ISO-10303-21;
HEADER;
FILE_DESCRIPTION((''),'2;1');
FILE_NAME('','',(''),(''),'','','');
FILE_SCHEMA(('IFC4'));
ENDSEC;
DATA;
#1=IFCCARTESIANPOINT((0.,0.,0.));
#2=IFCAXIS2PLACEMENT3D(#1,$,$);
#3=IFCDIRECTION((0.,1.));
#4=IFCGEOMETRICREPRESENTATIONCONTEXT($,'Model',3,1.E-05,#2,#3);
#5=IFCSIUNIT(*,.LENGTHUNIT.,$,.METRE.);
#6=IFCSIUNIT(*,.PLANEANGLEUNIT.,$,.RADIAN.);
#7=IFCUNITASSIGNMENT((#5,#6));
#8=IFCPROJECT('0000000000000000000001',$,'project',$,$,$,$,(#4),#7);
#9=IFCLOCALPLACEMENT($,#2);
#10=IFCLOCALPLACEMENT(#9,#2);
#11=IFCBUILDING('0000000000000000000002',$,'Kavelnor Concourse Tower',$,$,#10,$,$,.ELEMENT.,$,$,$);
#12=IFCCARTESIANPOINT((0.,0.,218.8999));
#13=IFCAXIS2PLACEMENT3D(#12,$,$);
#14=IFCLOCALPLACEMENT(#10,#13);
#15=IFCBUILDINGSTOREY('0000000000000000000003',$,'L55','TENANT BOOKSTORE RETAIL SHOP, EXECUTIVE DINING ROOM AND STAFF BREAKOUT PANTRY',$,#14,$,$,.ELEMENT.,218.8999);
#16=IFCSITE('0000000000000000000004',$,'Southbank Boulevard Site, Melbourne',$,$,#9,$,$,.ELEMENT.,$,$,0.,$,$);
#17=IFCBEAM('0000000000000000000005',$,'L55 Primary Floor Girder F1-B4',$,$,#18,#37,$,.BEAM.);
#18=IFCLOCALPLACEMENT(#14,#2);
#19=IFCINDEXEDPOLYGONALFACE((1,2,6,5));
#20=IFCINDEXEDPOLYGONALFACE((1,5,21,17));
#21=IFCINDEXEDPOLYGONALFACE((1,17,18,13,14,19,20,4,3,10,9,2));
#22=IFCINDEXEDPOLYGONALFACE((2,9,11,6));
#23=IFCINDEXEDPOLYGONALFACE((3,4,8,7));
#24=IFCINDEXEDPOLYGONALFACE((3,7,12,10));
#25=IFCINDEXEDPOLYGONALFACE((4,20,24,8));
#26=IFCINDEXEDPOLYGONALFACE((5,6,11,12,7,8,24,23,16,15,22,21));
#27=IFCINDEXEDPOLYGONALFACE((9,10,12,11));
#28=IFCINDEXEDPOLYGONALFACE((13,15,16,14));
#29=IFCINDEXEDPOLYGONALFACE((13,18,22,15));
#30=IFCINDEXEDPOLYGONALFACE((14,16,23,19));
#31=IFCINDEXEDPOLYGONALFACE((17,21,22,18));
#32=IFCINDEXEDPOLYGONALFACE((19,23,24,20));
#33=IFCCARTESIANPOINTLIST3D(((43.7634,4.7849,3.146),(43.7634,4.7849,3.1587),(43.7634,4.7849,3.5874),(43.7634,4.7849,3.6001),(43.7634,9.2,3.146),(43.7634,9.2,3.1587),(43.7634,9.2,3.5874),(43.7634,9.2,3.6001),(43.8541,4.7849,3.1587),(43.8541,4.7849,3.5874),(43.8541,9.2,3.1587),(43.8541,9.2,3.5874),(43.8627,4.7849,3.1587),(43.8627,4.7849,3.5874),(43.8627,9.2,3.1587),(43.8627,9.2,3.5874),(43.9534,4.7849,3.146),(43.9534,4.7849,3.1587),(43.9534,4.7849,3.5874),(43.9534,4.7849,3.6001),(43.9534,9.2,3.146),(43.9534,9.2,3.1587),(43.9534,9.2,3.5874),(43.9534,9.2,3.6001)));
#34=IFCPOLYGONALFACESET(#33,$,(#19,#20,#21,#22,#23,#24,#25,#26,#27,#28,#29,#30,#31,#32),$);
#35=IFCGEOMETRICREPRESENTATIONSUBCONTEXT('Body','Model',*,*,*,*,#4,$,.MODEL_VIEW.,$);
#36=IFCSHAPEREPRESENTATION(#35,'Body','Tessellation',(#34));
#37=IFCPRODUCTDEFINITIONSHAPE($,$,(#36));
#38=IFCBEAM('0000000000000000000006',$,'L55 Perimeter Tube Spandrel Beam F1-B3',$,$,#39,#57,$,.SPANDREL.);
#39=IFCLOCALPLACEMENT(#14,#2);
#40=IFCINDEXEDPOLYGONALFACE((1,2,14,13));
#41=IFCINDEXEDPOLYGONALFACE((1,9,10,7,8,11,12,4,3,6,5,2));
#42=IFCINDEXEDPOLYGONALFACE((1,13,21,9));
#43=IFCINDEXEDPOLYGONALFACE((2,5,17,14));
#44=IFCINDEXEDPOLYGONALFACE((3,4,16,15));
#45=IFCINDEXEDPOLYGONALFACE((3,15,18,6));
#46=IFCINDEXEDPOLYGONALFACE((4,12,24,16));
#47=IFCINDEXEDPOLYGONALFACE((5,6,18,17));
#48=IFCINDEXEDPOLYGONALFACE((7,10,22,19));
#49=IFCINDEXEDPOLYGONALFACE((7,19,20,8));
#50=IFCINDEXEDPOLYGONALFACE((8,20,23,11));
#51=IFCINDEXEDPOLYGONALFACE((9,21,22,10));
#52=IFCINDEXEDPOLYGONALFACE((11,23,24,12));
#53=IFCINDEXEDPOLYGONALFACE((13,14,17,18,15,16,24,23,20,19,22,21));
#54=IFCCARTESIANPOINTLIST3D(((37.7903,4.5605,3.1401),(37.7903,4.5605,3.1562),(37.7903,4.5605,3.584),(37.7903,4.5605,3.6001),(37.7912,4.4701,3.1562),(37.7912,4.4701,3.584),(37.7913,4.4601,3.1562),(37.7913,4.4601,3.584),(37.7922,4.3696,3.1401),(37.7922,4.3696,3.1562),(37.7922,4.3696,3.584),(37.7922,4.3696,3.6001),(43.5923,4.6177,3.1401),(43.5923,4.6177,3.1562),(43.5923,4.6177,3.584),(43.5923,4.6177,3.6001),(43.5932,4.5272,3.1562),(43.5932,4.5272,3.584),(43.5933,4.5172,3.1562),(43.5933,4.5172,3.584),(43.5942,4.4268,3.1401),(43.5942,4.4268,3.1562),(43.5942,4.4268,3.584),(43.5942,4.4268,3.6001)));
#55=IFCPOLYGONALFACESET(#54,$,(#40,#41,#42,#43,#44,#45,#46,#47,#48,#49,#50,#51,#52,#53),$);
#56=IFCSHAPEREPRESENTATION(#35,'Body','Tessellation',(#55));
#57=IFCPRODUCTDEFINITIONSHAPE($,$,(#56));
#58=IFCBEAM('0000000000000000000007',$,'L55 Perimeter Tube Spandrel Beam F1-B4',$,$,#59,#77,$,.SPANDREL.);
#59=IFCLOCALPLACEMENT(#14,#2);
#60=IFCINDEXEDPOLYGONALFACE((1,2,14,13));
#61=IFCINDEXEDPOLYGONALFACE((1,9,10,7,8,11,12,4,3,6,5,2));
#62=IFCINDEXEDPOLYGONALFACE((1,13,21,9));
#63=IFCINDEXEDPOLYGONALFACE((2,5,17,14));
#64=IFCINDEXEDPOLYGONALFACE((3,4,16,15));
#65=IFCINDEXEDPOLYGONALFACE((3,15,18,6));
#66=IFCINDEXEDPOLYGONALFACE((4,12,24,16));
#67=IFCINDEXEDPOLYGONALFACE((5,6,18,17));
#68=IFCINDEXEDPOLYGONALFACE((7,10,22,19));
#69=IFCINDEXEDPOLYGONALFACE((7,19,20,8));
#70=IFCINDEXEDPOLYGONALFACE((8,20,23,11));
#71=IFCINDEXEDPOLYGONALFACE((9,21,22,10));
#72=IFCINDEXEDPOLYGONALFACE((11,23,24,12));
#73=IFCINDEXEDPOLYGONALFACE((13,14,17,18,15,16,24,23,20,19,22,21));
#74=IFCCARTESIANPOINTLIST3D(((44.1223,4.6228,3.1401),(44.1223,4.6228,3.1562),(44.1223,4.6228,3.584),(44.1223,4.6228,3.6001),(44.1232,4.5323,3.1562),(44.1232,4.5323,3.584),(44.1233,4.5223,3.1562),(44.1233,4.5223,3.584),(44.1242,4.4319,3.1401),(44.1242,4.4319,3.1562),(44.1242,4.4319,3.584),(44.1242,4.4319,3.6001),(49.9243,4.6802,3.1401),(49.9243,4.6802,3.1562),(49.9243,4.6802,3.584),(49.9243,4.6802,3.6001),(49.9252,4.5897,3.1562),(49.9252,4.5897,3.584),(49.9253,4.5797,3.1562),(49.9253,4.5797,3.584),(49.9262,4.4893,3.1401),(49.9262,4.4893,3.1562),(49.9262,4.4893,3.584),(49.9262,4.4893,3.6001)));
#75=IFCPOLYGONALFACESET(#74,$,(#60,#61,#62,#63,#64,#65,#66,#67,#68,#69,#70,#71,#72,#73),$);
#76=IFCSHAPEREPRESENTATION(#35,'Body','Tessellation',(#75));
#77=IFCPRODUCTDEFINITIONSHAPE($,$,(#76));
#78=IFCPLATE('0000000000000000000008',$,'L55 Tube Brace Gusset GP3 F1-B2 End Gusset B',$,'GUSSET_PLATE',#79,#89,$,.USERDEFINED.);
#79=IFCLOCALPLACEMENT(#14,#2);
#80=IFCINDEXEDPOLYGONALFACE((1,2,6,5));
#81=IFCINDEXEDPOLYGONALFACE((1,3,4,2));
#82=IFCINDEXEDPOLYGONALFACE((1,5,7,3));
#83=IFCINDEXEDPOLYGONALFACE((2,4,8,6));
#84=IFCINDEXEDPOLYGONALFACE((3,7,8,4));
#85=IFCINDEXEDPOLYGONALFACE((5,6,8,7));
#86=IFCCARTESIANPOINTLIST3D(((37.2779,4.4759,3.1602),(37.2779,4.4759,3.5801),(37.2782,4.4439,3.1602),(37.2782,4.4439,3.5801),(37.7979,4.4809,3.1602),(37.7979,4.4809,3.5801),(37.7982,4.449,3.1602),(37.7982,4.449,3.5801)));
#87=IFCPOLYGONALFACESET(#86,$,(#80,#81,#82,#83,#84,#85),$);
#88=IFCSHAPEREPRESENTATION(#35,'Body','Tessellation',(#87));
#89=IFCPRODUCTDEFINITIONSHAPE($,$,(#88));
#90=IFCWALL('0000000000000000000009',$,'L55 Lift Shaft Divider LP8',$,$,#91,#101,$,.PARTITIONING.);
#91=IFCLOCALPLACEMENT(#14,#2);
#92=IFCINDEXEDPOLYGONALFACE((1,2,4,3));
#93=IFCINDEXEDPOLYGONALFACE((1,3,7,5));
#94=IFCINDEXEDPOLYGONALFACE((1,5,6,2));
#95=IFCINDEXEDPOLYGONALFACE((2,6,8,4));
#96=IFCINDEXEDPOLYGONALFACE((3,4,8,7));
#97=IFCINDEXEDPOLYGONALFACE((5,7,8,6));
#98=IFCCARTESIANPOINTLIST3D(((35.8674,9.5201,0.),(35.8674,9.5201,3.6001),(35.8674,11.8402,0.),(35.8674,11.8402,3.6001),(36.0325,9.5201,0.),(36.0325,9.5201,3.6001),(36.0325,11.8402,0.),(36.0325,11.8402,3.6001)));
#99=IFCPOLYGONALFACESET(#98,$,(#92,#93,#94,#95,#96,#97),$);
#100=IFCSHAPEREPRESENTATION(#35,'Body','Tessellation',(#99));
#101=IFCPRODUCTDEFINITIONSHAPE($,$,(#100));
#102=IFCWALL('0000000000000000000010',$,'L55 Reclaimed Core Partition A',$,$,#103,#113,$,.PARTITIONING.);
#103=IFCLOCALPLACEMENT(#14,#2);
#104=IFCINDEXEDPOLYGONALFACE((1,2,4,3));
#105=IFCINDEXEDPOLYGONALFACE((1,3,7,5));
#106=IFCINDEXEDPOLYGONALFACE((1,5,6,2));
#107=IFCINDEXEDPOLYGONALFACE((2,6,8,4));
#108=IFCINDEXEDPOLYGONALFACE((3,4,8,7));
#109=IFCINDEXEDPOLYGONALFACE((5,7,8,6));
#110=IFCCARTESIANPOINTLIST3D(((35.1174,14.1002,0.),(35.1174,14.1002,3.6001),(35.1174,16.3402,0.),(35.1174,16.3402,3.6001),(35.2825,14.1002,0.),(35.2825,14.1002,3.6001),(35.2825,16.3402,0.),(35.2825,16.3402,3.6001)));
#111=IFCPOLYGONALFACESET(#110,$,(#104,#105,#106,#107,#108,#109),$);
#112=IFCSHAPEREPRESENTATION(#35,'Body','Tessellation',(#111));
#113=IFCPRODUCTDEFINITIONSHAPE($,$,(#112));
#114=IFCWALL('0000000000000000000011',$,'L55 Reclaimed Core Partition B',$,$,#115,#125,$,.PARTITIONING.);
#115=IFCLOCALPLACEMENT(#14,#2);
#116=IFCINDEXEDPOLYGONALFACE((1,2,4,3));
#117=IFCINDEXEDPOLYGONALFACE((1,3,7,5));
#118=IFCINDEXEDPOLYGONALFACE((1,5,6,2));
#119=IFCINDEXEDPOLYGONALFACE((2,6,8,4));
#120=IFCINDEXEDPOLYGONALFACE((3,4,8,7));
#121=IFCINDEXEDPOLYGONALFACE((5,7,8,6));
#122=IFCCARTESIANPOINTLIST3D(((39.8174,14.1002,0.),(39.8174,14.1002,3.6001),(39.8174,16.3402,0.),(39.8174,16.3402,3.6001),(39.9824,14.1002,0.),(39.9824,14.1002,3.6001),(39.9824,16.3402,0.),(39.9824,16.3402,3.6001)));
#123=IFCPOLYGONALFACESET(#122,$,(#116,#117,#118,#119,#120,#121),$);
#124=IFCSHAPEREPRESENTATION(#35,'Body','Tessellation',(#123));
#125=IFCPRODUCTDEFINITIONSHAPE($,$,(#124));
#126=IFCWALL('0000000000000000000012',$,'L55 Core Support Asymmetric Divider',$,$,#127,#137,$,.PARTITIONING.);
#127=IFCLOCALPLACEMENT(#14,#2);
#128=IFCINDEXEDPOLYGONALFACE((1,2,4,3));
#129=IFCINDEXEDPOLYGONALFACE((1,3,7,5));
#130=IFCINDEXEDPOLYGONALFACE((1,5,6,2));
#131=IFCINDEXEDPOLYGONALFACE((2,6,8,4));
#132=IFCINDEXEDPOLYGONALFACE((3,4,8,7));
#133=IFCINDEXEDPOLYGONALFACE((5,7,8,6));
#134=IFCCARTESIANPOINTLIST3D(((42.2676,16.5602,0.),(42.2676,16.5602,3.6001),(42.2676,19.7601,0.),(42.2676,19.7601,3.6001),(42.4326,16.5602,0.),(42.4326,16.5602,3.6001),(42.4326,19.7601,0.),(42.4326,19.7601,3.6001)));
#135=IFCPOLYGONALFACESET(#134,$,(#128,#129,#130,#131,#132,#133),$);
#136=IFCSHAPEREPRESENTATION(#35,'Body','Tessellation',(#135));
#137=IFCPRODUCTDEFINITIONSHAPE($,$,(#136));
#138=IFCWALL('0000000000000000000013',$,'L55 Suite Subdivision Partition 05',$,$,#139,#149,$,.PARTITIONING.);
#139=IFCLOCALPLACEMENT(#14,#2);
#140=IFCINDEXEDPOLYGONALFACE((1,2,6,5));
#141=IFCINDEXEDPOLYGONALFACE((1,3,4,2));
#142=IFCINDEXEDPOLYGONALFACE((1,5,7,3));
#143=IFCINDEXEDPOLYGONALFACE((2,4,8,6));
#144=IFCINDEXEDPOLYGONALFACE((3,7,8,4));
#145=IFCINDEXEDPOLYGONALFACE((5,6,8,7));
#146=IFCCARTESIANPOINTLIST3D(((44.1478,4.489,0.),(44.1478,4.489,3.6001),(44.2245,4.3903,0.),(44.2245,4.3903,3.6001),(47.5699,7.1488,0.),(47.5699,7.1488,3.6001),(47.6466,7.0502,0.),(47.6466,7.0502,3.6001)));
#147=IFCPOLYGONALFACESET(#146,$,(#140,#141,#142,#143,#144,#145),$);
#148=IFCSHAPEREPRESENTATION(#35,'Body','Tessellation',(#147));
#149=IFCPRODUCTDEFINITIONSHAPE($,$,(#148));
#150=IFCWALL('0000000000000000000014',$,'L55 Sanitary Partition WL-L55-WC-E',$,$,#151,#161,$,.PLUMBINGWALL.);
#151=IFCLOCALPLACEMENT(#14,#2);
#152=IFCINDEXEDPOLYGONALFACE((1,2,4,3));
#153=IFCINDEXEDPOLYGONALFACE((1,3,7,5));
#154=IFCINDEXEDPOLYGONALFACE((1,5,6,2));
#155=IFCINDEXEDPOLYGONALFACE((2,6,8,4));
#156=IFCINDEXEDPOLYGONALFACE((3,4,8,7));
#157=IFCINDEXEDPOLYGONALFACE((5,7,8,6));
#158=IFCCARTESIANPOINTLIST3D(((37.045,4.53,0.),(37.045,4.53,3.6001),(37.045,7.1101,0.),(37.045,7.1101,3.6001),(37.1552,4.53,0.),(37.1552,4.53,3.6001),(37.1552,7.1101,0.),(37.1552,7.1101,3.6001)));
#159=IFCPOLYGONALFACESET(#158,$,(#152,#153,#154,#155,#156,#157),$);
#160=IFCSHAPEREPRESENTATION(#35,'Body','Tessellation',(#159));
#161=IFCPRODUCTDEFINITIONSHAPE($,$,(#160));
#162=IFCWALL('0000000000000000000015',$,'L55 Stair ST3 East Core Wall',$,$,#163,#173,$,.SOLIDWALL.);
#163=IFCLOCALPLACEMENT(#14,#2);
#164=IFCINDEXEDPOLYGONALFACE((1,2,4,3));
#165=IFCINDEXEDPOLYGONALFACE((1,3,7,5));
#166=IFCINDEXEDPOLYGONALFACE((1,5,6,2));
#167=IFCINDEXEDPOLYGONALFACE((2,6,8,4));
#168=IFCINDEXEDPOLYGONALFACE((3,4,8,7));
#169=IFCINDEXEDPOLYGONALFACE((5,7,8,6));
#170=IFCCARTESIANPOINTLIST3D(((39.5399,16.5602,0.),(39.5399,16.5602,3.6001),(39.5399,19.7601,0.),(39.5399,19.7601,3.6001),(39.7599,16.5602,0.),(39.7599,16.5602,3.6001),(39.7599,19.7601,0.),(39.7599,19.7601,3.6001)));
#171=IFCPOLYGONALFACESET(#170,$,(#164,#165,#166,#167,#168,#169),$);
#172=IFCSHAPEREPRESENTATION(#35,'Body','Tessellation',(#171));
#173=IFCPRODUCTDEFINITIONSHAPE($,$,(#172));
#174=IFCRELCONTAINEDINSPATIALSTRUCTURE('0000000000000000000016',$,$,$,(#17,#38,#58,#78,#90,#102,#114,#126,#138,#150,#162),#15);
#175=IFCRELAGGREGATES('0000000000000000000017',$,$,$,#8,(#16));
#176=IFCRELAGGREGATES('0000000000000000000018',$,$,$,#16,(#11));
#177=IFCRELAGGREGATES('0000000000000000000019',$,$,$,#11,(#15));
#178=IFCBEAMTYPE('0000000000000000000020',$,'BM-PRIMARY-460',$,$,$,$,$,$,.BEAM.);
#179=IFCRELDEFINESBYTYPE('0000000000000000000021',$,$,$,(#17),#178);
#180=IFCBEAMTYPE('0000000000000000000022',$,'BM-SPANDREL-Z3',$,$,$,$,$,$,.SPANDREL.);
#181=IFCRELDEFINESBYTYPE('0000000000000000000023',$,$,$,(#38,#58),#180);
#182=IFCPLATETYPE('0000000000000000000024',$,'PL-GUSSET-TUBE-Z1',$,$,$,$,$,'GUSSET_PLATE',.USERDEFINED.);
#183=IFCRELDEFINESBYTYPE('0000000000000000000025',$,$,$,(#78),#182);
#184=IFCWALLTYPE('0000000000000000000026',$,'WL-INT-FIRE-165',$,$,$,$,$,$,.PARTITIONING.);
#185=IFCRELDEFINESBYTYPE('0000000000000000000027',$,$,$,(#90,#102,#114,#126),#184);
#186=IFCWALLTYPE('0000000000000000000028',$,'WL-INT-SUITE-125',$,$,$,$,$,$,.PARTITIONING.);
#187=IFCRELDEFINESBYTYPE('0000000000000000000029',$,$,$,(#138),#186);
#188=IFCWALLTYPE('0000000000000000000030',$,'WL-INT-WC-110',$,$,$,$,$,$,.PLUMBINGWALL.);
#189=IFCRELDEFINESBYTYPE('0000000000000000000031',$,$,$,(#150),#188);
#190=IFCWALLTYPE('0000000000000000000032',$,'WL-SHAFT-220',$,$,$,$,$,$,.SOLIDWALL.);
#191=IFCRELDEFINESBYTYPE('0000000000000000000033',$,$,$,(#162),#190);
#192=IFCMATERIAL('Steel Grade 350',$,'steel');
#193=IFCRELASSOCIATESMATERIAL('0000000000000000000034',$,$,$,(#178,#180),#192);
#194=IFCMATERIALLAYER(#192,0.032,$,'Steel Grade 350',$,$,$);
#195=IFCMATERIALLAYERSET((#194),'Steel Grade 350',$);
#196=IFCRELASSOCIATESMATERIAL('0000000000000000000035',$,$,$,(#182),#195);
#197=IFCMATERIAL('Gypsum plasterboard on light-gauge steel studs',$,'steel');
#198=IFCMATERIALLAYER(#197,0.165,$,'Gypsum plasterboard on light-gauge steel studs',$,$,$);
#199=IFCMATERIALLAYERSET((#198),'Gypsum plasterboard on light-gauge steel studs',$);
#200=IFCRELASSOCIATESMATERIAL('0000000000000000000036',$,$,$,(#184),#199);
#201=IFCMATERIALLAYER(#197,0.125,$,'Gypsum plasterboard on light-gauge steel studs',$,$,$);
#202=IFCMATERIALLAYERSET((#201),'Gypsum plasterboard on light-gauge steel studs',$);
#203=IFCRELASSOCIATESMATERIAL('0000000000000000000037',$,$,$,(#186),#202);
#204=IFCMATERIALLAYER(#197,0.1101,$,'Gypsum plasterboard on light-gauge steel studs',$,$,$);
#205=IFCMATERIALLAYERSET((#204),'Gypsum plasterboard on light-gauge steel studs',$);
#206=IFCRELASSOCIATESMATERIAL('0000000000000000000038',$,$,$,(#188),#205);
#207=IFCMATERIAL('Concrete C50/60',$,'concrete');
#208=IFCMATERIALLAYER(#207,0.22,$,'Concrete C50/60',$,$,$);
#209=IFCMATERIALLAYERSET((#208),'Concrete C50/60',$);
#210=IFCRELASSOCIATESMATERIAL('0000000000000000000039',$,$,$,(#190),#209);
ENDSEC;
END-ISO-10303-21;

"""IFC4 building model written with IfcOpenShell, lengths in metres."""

from ifc_helpers import new_model, si_unit, direction, frame, frame_2d, origin, origin_2d, place, context, subcontext, project, spatial, rectangle, i_section, extrude, material, layer, layer_set, material_profile, profile_set, type_object, element, save


model = new_model("IFC4")

# Units and contexts
model_context = context("Model", 3, precision=1e-05, world=origin(), true_north=direction((0.0, 1.0)))
body_context = subcontext(model_context, "Body", "Model", "MODEL_VIEW")
ifc_project = project(units=[si_unit("LENGTHUNIT", "METRE"), si_unit("PLANEANGLEUNIT", "RADIAN")], contexts=[model_context])

# Site, building, storey
site_placement = place(None, origin())
site = spatial("IfcSite", under=ifc_project, at=site_placement, Name="Southbank Boulevard Site, Melbourne", CompositionType="ELEMENT", RefElevation=0.0)
building_placement = place(site_placement, origin())
building = spatial("IfcBuilding", under=site, at=building_placement, Name="Kavelnor Concourse Tower", CompositionType="ELEMENT")
storey_placement = place(building_placement, frame((0.0, 0.0, 218.8999)))
storey = spatial("IfcBuildingStorey", under=building, at=storey_placement, Name="L55", Description="TENANT BOOKSTORE RETAIL SHOP, EXECUTIVE DINING ROOM AND STAFF BREAKOUT PANTRY", CompositionType="ELEMENT", Elevation=218.8999)

# Shared definitions
ifc_material_1 = material(Name="Steel Grade 350", Category="steel")

# Beams
ifc_material_profile_1 = material_profile(ifc_material_1, i_section(OverallWidth=0.1899, OverallDepth=0.4541, WebThickness=0.0085, FlangeThickness=0.0127, at=origin_2d()), Name="460UB67")
ifc_profile_set_1 = profile_set([ifc_material_profile_1], Name="Steel Grade 350")
beam_type_1 = type_object("IfcBeamType", Name="BM-PRIMARY-460", PredefinedType="BEAM", material=ifc_profile_set_1)
beam_1_placement = place(storey_placement, frame((43.8584, 9.2, 3.373), z_axis=(0.0, -1.0, 0.0), x_axis=(1.0, 0.0, 0.0)))
element("IfcBeam", 1, at=beam_1_placement, inside=storey, type_object=beam_type_1, Name="L55 Primary Floor Girder F1-B4", PredefinedType="BEAM", context=body_context, shape_type="SweptSolid", body=[
    extrude(i_section(OverallWidth=0.1899, OverallDepth=0.4541, WebThickness=0.0085, FlangeThickness=0.0127, at=origin_2d()), origin(), (0.0, 0.0, 1.0), 4.415),
])
ifc_material_profile_2 = material_profile(ifc_material_1, i_section(OverallWidth=0.1909, OverallDepth=0.46, WebThickness=0.01, FlangeThickness=0.0161, at=origin_2d()), Name="460UB82")
ifc_profile_set_2 = profile_set([ifc_material_profile_2], Name="Steel Grade 350")
beam_type_2 = type_object("IfcBeamType", Name="BM-SPANDREL-Z3", PredefinedType="SPANDREL", material=ifc_profile_set_2)
for number, where, z_axis, x_axis, name in (
    (2, (37.7913, 4.4651, 3.3701), (0.999952, 0.009846, 0.0), (-0.009846, 0.999952, 0.0), "L55 Perimeter Tube Spandrel Beam F1-B3"),
    (3, (44.1233, 4.5273, 3.3701), (0.999951, 0.009888, 0.0), (-0.009888, 0.999951, 0.0), "L55 Perimeter Tube Spandrel Beam F1-B4"),
):
    element("IfcBeam", number, at=place(storey_placement, frame(where, z_axis=z_axis, x_axis=x_axis)), inside=storey, type_object=beam_type_2, Name=name, PredefinedType="SPANDREL", context=body_context, shape_type="SweptSolid", body=[
        extrude(i_section(OverallWidth=0.1909, OverallDepth=0.46, WebThickness=0.01, FlangeThickness=0.0161, at=origin_2d()), origin(), (0.0, 0.0, 1.0), 5.8022),
    ])

# Plate
ifc_layer_1 = layer(ifc_material_1, 0.032, Name="Steel Grade 350")
ifc_layer_set_1 = layer_set([ifc_layer_1], Name="Steel Grade 350")
plate_type = type_object("IfcPlateType", Name="PL-GUSSET-TUBE-Z1", ElementType="GUSSET_PLATE", PredefinedType="USERDEFINED", material=ifc_layer_set_1)
plate_placement = place(storey_placement, frame((37.5381, 4.4624, 3.1602), z_axis=(0.0, 0.0, 1.0), x_axis=(0.999952, 0.009774, 0.0)))
element("IfcPlate", 4, at=plate_placement, inside=storey, type_object=plate_type, Name="L55 Tube Brace Gusset GP3 F1-B2 End Gusset B", ObjectType="GUSSET_PLATE", PredefinedType="USERDEFINED", context=body_context, shape_type="SweptSolid", body=[
    extrude(rectangle(XDim=0.52, YDim=0.032, at=origin_2d()), origin(), (0.0, 0.0, 1.0), 0.4199),
])

# Walls
ifc_material_2 = material(Name="Gypsum plasterboard on light-gauge steel studs", Category="steel")
ifc_layer_2 = layer(ifc_material_2, 0.165, Name="Gypsum plasterboard on light-gauge steel studs")
ifc_layer_set_2 = layer_set([ifc_layer_2], Name="Gypsum plasterboard on light-gauge steel studs")
wall_type_1 = type_object("IfcWallType", Name="WL-INT-FIRE-165", PredefinedType="PARTITIONING", material=ifc_layer_set_2)
wall_1_placement = place(storey_placement, frame((35.95, 9.52, 0.0), z_axis=(0.0, 0.0, 1.0), x_axis=(0.0, 1.0, 0.0)))
element("IfcWall", 5, at=wall_1_placement, inside=storey, type_object=wall_type_1, Name="L55 Lift Shaft Divider LP8", PredefinedType="PARTITIONING", context=body_context, shape_type="SweptSolid", body=[
    extrude(rectangle(XDim=2.3201, YDim=0.165, at=frame_2d((1.1602, 0.0))), origin(), (0.0, 0.0, 1.0), 3.6001),
])
for number, where, z_axis, x_axis, name in (
    (6, (35.2, 14.1001, 0.0), (0.0, 0.0, 1.0), (0.0, 1.0, 0.0), "L55 Reclaimed Core Partition A"),
    (7, (39.8999, 14.1001, 0.0), (0.0, 0.0, 1.0), (0.0, 1.0, 0.0), "L55 Reclaimed Core Partition B"),
):
    element("IfcWall", number, at=place(storey_placement, frame(where, z_axis=z_axis, x_axis=x_axis)), inside=storey, type_object=wall_type_1, Name=name, PredefinedType="PARTITIONING", context=body_context, shape_type="SweptSolid", body=[
        extrude(rectangle(XDim=2.24, YDim=0.165, at=frame_2d((1.1201, 0.0))), origin(), (0.0, 0.0, 1.0), 3.6001),
    ])
wall_2_placement = place(storey_placement, frame((42.3501, 16.5601, 0.0), z_axis=(0.0, 0.0, 1.0), x_axis=(0.0, 1.0, 0.0)))
element("IfcWall", 8, at=wall_2_placement, inside=storey, type_object=wall_type_1, Name="L55 Core Support Asymmetric Divider", PredefinedType="PARTITIONING", context=body_context, shape_type="SweptSolid", body=[
    extrude(rectangle(XDim=3.2, YDim=0.165, at=frame_2d((1.6001, 0.0))), origin(), (0.0, 0.0, 1.0), 3.6001),
])
ifc_layer_3 = layer(ifc_material_2, 0.125, Name="Gypsum plasterboard on light-gauge steel studs")
ifc_layer_set_3 = layer_set([ifc_layer_3], Name="Gypsum plasterboard on light-gauge steel studs")
wall_type_2 = type_object("IfcWallType", Name="WL-INT-SUITE-125", PredefinedType="PARTITIONING", material=ifc_layer_set_3)
wall_3_placement = place(storey_placement, frame((44.1863, 4.4397, 0.0), z_axis=(0.0, 0.0, 1.0), x_axis=(0.789546, 0.613691, 0.0)))
element("IfcWall", 9, at=wall_3_placement, inside=storey, type_object=wall_type_2, Name="L55 Suite Subdivision Partition 05", PredefinedType="PARTITIONING", context=body_context, shape_type="SweptSolid", body=[
    extrude(rectangle(XDim=4.3342, YDim=0.125, at=frame_2d((2.167, 0.0))), origin(), (0.0, 0.0, 1.0), 3.6001),
])
ifc_layer_4 = layer(ifc_material_2, 0.1101, Name="Gypsum plasterboard on light-gauge steel studs")
ifc_layer_set_4 = layer_set([ifc_layer_4], Name="Gypsum plasterboard on light-gauge steel studs")
wall_type_3 = type_object("IfcWallType", Name="WL-INT-WC-110", PredefinedType="PLUMBINGWALL", material=ifc_layer_set_4)
wall_4_placement = place(storey_placement, frame((37.1001, 4.53, 0.0), z_axis=(0.0, 0.0, 1.0), x_axis=(0.0, 1.0, 0.0)))
element("IfcWall", 10, at=wall_4_placement, inside=storey, type_object=wall_type_3, Name="L55 Sanitary Partition WL-L55-WC-E", PredefinedType="PLUMBINGWALL", context=body_context, shape_type="SweptSolid", body=[
    extrude(rectangle(XDim=2.5801, YDim=0.1101, at=frame_2d((1.29, 0.0))), origin(), (0.0, 0.0, 1.0), 3.6001),
])
ifc_material_3 = material(Name="Concrete C50/60", Category="concrete")
ifc_layer_5 = layer(ifc_material_3, 0.22, Name="Concrete C50/60")
ifc_layer_set_5 = layer_set([ifc_layer_5], Name="Concrete C50/60")
wall_type_4 = type_object("IfcWallType", Name="WL-SHAFT-220", PredefinedType="SOLIDWALL", material=ifc_layer_set_5)
wall_5_placement = place(storey_placement, frame((39.6499, 16.5601, 0.0), z_axis=(0.0, 0.0, 1.0), x_axis=(0.0, 1.0, 0.0)))
element("IfcWall", 11, at=wall_5_placement, inside=storey, type_object=wall_type_4, Name="L55 Stair ST3 East Core Wall", PredefinedType="SOLIDWALL", context=body_context, shape_type="SweptSolid", body=[
    extrude(rectangle(XDim=3.2, YDim=0.22, at=frame_2d((1.6001, 0.0))), origin(), (0.0, 0.0, 1.0), 3.6001),
])

save(model, "model.ifc")
